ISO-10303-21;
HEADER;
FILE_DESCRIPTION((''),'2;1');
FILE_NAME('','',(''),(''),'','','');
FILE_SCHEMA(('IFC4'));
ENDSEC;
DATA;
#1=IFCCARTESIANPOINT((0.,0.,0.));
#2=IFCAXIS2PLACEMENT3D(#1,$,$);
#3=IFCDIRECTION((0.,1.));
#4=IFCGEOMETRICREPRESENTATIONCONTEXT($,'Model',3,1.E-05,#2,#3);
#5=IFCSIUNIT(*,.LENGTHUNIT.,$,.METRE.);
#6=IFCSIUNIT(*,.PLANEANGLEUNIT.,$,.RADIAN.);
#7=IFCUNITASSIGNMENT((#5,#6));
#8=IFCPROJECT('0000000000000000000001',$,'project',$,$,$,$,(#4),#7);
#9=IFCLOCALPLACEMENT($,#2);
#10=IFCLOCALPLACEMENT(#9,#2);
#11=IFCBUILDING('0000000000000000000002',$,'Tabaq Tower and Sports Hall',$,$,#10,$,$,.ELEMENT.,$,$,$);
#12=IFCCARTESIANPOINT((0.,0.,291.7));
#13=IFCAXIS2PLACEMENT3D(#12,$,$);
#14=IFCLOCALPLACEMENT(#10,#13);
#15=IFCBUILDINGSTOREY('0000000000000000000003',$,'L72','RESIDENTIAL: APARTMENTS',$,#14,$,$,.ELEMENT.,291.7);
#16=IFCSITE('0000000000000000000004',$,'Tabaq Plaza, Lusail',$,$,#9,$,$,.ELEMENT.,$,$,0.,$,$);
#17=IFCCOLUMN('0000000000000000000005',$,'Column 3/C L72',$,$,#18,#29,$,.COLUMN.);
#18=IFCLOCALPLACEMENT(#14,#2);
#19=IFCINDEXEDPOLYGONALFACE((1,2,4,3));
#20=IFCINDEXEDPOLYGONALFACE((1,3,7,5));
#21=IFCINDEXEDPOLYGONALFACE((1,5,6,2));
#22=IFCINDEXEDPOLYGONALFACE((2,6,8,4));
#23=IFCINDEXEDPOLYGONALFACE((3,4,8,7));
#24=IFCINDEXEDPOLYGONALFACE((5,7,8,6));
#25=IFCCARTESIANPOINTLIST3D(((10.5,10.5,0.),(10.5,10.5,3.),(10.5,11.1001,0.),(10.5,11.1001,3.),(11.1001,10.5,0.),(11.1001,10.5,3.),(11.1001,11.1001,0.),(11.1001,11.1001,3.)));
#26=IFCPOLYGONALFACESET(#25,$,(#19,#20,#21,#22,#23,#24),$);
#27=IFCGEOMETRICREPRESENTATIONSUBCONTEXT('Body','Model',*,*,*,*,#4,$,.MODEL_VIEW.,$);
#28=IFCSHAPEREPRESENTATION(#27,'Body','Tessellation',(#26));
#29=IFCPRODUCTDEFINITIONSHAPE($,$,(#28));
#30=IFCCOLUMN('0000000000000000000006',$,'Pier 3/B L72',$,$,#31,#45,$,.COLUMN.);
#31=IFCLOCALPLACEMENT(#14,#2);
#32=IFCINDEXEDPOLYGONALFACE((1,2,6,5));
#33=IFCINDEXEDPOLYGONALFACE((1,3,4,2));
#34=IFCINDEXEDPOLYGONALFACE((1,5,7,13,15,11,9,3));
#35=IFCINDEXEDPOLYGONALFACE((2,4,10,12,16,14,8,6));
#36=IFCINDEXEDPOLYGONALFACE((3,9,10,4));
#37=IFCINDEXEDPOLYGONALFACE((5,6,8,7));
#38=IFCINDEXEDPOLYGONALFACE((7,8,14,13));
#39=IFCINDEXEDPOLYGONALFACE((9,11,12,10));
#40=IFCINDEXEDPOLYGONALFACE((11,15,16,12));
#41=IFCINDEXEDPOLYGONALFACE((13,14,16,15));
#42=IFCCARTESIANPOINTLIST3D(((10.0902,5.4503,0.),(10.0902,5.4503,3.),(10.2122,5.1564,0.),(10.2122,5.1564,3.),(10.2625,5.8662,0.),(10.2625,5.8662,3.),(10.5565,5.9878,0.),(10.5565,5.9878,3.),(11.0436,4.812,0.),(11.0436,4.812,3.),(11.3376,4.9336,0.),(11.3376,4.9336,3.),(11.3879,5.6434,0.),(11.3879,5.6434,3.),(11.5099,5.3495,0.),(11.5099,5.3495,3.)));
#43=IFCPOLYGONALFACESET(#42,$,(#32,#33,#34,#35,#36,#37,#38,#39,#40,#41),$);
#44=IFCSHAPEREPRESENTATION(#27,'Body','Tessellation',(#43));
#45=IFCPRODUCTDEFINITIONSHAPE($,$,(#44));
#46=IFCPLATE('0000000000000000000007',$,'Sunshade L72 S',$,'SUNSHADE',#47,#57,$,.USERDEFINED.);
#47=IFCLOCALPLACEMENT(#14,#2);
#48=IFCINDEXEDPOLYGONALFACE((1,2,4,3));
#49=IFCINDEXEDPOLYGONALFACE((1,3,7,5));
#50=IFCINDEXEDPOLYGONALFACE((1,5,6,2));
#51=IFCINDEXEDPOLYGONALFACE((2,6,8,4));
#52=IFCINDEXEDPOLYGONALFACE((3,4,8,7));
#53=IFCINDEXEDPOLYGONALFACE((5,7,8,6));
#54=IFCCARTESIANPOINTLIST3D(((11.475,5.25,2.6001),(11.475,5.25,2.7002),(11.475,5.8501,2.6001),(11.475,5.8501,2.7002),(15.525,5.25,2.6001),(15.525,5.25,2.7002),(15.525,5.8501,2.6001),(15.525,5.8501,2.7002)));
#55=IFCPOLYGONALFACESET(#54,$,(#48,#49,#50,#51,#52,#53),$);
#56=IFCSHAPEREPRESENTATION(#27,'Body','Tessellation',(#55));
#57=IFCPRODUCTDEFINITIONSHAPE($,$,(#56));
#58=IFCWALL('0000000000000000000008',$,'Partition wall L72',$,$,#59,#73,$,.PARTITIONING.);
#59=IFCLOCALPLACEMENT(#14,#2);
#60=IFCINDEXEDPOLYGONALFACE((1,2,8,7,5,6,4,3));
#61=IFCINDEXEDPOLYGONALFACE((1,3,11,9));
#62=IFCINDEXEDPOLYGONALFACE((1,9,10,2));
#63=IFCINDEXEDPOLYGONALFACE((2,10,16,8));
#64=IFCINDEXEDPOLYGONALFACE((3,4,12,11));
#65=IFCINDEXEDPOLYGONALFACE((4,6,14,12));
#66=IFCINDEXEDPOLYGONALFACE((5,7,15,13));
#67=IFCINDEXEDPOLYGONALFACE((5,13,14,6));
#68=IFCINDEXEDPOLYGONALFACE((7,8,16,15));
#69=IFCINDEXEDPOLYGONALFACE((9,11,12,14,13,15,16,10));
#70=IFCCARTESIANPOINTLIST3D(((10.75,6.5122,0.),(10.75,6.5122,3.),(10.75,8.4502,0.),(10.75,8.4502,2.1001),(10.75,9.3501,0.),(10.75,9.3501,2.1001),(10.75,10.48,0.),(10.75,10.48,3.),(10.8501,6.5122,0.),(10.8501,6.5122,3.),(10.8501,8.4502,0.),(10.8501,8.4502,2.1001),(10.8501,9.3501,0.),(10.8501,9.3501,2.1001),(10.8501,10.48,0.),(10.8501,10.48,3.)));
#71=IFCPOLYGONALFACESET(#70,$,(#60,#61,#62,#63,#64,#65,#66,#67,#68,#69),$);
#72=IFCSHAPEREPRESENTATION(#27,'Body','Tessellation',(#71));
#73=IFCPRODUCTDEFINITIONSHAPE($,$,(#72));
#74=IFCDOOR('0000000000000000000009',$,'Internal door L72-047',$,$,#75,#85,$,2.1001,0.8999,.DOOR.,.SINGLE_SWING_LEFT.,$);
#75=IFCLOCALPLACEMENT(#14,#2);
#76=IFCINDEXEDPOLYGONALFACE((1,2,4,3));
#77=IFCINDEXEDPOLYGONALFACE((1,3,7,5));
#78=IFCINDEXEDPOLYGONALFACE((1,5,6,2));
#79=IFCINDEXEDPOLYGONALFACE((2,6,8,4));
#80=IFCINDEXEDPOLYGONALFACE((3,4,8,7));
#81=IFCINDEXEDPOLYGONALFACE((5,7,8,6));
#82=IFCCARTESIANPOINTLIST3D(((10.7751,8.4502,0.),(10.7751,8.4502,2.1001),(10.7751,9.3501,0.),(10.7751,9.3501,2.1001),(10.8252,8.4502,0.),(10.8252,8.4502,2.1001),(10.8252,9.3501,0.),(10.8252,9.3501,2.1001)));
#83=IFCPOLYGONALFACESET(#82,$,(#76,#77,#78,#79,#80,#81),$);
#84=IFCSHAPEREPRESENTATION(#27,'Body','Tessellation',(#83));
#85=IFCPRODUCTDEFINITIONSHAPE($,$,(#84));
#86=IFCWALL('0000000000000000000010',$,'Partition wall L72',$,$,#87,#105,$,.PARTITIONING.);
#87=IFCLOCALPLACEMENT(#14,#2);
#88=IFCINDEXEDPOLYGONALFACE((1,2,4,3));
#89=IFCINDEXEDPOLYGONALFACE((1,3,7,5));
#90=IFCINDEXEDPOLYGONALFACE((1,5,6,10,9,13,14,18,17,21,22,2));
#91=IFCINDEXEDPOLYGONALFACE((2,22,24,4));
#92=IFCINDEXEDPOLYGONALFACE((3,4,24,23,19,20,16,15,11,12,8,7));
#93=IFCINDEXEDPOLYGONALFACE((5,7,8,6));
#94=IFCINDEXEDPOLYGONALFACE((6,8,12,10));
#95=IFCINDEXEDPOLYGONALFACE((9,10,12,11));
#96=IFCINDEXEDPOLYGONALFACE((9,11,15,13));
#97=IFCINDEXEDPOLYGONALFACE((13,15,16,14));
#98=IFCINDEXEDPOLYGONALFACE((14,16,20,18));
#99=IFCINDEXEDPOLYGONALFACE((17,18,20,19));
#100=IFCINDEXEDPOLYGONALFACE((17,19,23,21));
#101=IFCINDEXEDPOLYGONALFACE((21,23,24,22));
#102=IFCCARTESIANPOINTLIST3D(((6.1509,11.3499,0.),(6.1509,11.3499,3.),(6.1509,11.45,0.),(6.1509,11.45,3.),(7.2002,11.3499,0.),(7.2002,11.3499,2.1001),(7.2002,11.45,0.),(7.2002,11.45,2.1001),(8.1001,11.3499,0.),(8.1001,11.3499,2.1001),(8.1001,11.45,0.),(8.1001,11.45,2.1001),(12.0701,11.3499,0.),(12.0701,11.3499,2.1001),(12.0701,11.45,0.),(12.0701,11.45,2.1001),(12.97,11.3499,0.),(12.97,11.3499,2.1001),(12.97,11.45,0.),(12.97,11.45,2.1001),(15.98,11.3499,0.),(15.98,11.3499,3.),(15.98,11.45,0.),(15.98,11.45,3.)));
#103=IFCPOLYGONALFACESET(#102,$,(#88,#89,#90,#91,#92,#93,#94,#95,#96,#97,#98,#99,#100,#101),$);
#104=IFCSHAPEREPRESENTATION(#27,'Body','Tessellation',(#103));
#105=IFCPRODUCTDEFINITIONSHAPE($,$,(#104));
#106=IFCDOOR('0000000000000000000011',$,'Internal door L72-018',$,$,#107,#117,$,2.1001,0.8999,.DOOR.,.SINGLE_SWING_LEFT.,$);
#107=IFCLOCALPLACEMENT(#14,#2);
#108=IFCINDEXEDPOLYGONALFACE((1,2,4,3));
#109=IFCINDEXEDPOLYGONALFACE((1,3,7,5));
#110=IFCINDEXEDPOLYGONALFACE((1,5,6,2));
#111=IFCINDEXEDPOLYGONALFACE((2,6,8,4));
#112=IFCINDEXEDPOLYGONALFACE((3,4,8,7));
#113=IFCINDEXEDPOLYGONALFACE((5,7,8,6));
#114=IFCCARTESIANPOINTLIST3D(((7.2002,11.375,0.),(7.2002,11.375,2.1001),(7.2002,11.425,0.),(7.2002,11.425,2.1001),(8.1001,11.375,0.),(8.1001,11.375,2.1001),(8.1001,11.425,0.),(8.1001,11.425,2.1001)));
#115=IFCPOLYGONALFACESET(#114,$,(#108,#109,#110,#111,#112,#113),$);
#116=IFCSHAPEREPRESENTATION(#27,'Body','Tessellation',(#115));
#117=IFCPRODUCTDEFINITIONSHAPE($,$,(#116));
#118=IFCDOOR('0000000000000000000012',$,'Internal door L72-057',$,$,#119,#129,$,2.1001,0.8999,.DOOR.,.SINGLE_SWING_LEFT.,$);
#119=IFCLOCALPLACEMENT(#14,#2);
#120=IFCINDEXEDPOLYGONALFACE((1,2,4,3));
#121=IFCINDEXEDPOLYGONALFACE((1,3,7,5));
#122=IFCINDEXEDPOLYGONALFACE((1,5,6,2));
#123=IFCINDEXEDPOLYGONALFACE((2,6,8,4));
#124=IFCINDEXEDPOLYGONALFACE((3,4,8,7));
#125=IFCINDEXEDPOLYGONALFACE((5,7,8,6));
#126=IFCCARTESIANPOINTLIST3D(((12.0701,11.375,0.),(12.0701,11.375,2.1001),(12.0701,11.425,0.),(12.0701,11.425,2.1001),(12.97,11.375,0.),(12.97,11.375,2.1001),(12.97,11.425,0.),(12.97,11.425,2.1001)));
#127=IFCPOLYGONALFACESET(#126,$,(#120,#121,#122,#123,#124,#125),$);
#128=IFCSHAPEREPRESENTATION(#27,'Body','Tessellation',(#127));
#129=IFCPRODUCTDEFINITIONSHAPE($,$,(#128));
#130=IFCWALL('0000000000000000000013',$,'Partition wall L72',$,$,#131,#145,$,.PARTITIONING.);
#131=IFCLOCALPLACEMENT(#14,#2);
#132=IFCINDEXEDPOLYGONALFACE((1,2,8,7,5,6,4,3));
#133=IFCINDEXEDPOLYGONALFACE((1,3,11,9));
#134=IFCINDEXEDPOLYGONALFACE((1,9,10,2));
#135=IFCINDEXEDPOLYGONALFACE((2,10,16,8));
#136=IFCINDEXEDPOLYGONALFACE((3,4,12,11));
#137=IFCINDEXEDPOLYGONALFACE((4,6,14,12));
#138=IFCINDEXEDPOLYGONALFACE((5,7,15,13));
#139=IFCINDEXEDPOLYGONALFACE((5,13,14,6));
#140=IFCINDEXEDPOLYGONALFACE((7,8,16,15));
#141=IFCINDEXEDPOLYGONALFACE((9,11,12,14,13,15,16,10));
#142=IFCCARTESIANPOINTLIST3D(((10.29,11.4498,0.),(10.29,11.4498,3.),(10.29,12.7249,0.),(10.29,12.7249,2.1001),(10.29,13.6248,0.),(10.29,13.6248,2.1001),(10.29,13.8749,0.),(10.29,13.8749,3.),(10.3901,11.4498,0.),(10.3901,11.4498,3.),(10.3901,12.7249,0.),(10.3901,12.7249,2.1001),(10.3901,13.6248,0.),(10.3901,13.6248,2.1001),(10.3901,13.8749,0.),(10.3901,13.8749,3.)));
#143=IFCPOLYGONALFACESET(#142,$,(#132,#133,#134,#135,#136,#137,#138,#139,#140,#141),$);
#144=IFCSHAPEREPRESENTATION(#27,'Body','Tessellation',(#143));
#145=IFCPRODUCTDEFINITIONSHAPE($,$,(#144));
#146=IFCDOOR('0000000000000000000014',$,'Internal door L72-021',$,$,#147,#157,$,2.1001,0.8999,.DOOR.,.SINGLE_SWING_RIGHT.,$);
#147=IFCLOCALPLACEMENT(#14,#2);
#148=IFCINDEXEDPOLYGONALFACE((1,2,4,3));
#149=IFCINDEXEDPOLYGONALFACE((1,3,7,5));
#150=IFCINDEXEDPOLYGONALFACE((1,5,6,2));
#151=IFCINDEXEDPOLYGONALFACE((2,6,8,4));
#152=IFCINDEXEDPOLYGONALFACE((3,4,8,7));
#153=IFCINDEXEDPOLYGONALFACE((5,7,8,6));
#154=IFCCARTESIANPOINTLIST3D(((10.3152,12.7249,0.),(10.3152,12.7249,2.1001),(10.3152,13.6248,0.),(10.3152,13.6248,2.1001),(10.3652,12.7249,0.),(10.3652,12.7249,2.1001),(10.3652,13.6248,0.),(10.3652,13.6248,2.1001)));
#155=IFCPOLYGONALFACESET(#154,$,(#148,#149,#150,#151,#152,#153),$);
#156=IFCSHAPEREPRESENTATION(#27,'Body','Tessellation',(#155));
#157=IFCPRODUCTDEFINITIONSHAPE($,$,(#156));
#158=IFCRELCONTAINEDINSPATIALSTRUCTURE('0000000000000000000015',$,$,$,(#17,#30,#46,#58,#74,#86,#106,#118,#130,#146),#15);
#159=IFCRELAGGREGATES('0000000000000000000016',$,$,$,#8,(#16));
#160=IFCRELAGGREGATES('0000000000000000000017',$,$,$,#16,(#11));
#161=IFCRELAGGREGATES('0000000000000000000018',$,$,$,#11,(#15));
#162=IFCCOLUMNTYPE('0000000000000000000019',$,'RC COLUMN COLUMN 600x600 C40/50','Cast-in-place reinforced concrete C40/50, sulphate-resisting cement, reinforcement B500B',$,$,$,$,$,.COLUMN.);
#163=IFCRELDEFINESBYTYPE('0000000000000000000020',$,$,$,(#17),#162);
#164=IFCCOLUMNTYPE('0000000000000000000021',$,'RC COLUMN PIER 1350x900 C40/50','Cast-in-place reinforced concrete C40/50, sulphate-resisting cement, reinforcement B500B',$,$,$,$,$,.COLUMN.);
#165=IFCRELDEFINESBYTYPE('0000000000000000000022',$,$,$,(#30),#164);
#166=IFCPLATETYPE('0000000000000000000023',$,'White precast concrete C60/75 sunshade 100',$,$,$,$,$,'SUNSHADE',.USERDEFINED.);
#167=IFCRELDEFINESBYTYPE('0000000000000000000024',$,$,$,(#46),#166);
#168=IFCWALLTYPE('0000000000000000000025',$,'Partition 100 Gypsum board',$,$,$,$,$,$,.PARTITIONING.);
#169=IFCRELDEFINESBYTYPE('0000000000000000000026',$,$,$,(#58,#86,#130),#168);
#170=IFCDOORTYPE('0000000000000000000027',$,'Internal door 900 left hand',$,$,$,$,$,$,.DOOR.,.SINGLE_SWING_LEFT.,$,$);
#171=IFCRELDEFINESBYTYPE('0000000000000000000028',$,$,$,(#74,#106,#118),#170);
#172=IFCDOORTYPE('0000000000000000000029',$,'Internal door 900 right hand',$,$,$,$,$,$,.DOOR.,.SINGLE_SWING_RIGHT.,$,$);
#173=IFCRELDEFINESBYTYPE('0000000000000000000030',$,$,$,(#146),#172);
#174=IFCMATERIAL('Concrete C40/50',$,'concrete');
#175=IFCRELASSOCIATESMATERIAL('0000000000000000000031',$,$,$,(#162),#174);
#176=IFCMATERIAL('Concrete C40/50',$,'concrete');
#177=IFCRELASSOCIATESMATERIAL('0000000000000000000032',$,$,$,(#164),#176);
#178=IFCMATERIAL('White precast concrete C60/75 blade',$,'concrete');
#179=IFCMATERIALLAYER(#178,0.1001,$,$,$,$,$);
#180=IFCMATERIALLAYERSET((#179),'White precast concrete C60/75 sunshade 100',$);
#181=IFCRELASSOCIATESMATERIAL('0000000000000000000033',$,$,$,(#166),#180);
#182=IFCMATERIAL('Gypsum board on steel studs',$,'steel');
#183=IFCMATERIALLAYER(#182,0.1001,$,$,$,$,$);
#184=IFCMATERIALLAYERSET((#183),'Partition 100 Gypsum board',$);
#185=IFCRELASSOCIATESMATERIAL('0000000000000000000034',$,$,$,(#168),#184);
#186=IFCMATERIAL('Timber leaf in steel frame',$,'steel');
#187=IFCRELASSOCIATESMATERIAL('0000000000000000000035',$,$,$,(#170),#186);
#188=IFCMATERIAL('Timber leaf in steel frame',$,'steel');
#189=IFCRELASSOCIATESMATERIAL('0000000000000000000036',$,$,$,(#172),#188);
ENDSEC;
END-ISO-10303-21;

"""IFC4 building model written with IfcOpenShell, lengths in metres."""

from ifc_helpers import new_model, si_unit, direction, frame, frame_2d, origin, origin_2d, place, context, subcontext, project, spatial, polyline, rectangle, outline, extrude, material, layer, layer_set, material_profile, profile_set, type_object, element, fill, save


model = new_model("IFC4")

# Units and contexts
model_context = context("Model", 3, precision=1e-05, world=origin(), true_north=direction((0.0, 1.0)))
body_context = subcontext(model_context, "Body", "Model", "MODEL_VIEW")
ifc_project = project(units=[si_unit("LENGTHUNIT", "METRE"), si_unit("PLANEANGLEUNIT", "RADIAN")], contexts=[model_context])

# Site, building, storey
site_placement = place(None, origin())
site = spatial("IfcSite", under=ifc_project, at=site_placement, Name="Tabaq Plaza, Lusail", CompositionType="ELEMENT", RefElevation=0.0)
building_placement = place(site_placement, origin())
building = spatial("IfcBuilding", under=site, at=building_placement, Name="Tabaq Tower and Sports Hall", CompositionType="ELEMENT")
storey_placement = place(building_placement, frame((0.0, 0.0, 291.7)))
storey = spatial("IfcBuildingStorey", under=building, at=storey_placement, Name="L72", Description="RESIDENTIAL: APARTMENTS", CompositionType="ELEMENT", Elevation=291.7)

# Columns
ifc_material_1 = material(Name="Concrete C40/50", Category="concrete")
ifc_material_profile_1 = material_profile(ifc_material_1, rectangle(XDim=0.6001, YDim=0.6001, at=origin_2d()), Name="COLUMN 600x600")
ifc_profile_set_1 = profile_set([ifc_material_profile_1], Name="Concrete C40/50")
column_type_1 = type_object("IfcColumnType", Name="RC COLUMN COLUMN 600x600 C40/50", Description="Cast-in-place reinforced concrete C40/50, sulphate-resisting cement, reinforcement B500B", PredefinedType="COLUMN", material=ifc_profile_set_1)
column_1_placement = place(storey_placement, frame((10.8, 10.8, 0.0), z_axis=(0.0, 0.0, 1.0), x_axis=(1.0, 0.0, 0.0)))
element("IfcColumn", 1, at=column_1_placement, inside=storey, type_object=column_type_1, Name="Column 3/C L72", PredefinedType="COLUMN", context=body_context, shape_type="SweptSolid", body=[
    extrude(rectangle(XDim=0.6001, YDim=0.6001, at=origin_2d()), origin(), (0.0, 0.0, 1.0), 3.0),
])
ifc_material_2 = material(Name="Concrete C40/50", Category="concrete")
ifc_material_profile_2 = material_profile(ifc_material_2, outline(polyline([(-0.45, -0.45), (0.45, -0.45), (0.675, -0.2251), (0.675, 0.2251), (0.45, 0.45), (-0.45, 0.45), (-0.675, 0.2251), (-0.675, -0.2251), (-0.45, -0.45)])), Name="PIER 1350x900")
ifc_profile_set_2 = profile_set([ifc_material_profile_2], Name="Concrete C40/50")
column_type_2 = type_object("IfcColumnType", Name="RC COLUMN PIER 1350x900 C40/50", Description="Cast-in-place reinforced concrete C40/50, sulphate-resisting cement, reinforcement B500B", PredefinedType="COLUMN", material=ifc_profile_set_2)
column_2_placement = place(storey_placement, frame((10.8, 5.3999, 0.0), z_axis=(0.0, 0.0, 1.0), x_axis=(-0.92388, 0.382683, 0.0)))
element("IfcColumn", 2, at=column_2_placement, inside=storey, type_object=column_type_2, Name="Pier 3/B L72", PredefinedType="COLUMN", context=body_context, shape_type="SweptSolid", body=[
    extrude(outline(polyline([(-0.45, -0.45), (0.45, -0.45), (0.675, -0.2251), (0.675, 0.2251), (0.45, 0.45), (-0.45, 0.45), (-0.675, 0.2251), (-0.675, -0.2251), (-0.45, -0.45)])), origin(), (0.0, 0.0, 1.0), 3.0),
])

# Plate
ifc_material_3 = material(Name="White precast concrete C60/75 blade", Category="concrete")
ifc_layer_1 = layer(ifc_material_3, 0.1001)
ifc_layer_set_1 = layer_set([ifc_layer_1], Name="White precast concrete C60/75 sunshade 100")
plate_type = type_object("IfcPlateType", Name="White precast concrete C60/75 sunshade 100", ElementType="SUNSHADE", PredefinedType="USERDEFINED", material=ifc_layer_set_1)
plate_placement = place(storey_placement, frame((13.5, 5.55, 2.6001), z_axis=(0.0, 0.0, 1.0), x_axis=(1.0, 0.0, 0.0)))
element("IfcPlate", 3, at=plate_placement, inside=storey, type_object=plate_type, Name="Sunshade L72 S", ObjectType="SUNSHADE", PredefinedType="USERDEFINED", context=body_context, shape_type="SweptSolid", body=[
    extrude(rectangle(XDim=4.05, YDim=0.6001, at=origin_2d()), origin(), (0.0, 0.0, 1.0), 0.1001),
])

# Wall, opening, door
ifc_material_4 = material(Name="Gypsum board on steel studs", Category="steel")
ifc_layer_2 = layer(ifc_material_4, 0.1001)
ifc_layer_set_2 = layer_set([ifc_layer_2], Name="Partition 100 Gypsum board")
wall_type_1 = type_object("IfcWallType", Name="Partition 100 Gypsum board", PredefinedType="PARTITIONING", material=ifc_layer_set_2)
wall_1_placement = place(storey_placement, frame((10.8, 6.5122, 0.0), z_axis=(0.0, 0.0, 1.0), x_axis=(0.0, 1.0, 0.0)))
wall_1 = element("IfcWall", 4, at=wall_1_placement, inside=storey, type_object=wall_type_1, Name="Partition wall L72", PredefinedType="PARTITIONING", context=body_context, shape_type="SweptSolid", body=[
    extrude(rectangle(XDim=3.9678, YDim=0.1001, at=frame_2d((1.9839, 0.0))), origin(), (0.0, 0.0, 1.0), 3.0),
])
opening_1_placement = place(wall_1_placement, frame((1.938, 0.0, 0.0)))
opening_1 = element("IfcOpeningElement", 5, at=opening_1_placement, cuts=wall_1, PredefinedType="OPENING", context=body_context, shape_type="SweptSolid", body=[
    extrude(rectangle(XDim=0.8999, YDim=2.1001, at=frame_2d((0.45, 1.05))), frame((0.0, 0.05, 0.0), z_axis=(0.0, -1.0, 0.0), x_axis=(1.0, 0.0, 0.0)), (0.0, 0.0, 1.0), 0.1001),
])
ifc_material_5 = material(Name="Timber leaf in steel frame", Category="steel")
door_type_1 = type_object("IfcDoorType", Name="Internal door 900 left hand", OperationType="SINGLE_SWING_LEFT", PredefinedType="DOOR", material=ifc_material_5)
door_1_placement = place(opening_1_placement, origin())
door_1 = element("IfcDoor", 6, at=door_1_placement, inside=storey, type_object=door_type_1, Name="Internal door L72-047", OperationType="SINGLE_SWING_LEFT", OverallHeight=2.1001, OverallWidth=0.8999, PredefinedType="DOOR", context=body_context, shape_type="SweptSolid", body=[
    extrude(rectangle(XDim=0.8999, YDim=2.1001, at=frame_2d((0.45, 1.05))), frame((0.0, 0.0249, 0.0), z_axis=(0.0, -1.0, 0.0), x_axis=(1.0, 0.0, 0.0)), (0.0, 0.0, 1.0), 0.05),
])
fill(opening_1, door_1)

# Wall, openings, doors
wall_2_placement = place(storey_placement, frame((15.98, 11.3999, 0.0), z_axis=(0.0, 0.0, 1.0), x_axis=(-1.0, 0.0, 0.0)))
wall_2 = element("IfcWall", 7, at=wall_2_placement, inside=storey, type_object=wall_type_1, Name="Partition wall L72", PredefinedType="PARTITIONING", context=body_context, shape_type="SweptSolid", body=[
    extrude(rectangle(XDim=9.8291, YDim=0.1001, at=frame_2d((4.9146, 0.0))), origin(), (0.0, 0.0, 1.0), 3.0),
])
opening_2_placement = place(wall_2_placement, frame((7.8799, 0.0, 0.0)))
opening_2 = element("IfcOpeningElement", 8, at=opening_2_placement, cuts=wall_2, PredefinedType="OPENING", context=body_context, shape_type="SweptSolid", body=[
    extrude(rectangle(XDim=0.8999, YDim=2.1001, at=frame_2d((0.45, 1.05))), frame((0.0, 0.05, 0.0), z_axis=(0.0, -1.0, 0.0), x_axis=(1.0, 0.0, 0.0)), (0.0, 0.0, 1.0), 0.1001),
])
opening_3_placement = place(wall_2_placement, frame((3.01, 0.0, 0.0)))
opening_3 = element("IfcOpeningElement", 9, at=opening_3_placement, cuts=wall_2, PredefinedType="OPENING", context=body_context, shape_type="SweptSolid", body=[
    extrude(rectangle(XDim=0.8999, YDim=2.1001, at=frame_2d((0.45, 1.05))), frame((0.0, 0.05, 0.0), z_axis=(0.0, -1.0, 0.0), x_axis=(1.0, 0.0, 0.0)), (0.0, 0.0, 1.0), 0.1001),
])
door_2_placement = place(opening_2_placement, origin())
door_2 = element("IfcDoor", 10, at=door_2_placement, inside=storey, type_object=door_type_1, Name="Internal door L72-018", OperationType="SINGLE_SWING_LEFT", OverallHeight=2.1001, OverallWidth=0.8999, PredefinedType="DOOR", context=body_context, shape_type="SweptSolid", body=[
    extrude(rectangle(XDim=0.8999, YDim=2.1001, at=frame_2d((0.45, 1.05))), frame((0.0, 0.0249, 0.0), z_axis=(0.0, -1.0, 0.0), x_axis=(1.0, 0.0, 0.0)), (0.0, 0.0, 1.0), 0.05),
])
fill(opening_2, door_2)
door_3_placement = place(opening_3_placement, origin())
door_3 = element("IfcDoor", 11, at=door_3_placement, inside=storey, type_object=door_type_1, Name="Internal door L72-057", OperationType="SINGLE_SWING_LEFT", OverallHeight=2.1001, OverallWidth=0.8999, PredefinedType="DOOR", context=body_context, shape_type="SweptSolid", body=[
    extrude(rectangle(XDim=0.8999, YDim=2.1001, at=frame_2d((0.45, 1.05))), frame((0.0, 0.0249, 0.0), z_axis=(0.0, -1.0, 0.0), x_axis=(1.0, 0.0, 0.0)), (0.0, 0.0, 1.0), 0.05),
])
fill(opening_3, door_3)

# Wall, opening, door
wall_3_placement = place(storey_placement, frame((10.3401, 11.45, 0.0), z_axis=(0.0, 0.0, 1.0), x_axis=(0.0, 1.0, 0.0)))
wall_3 = element("IfcWall", 12, at=wall_3_placement, inside=storey, type_object=wall_type_1, Name="Partition wall L72", PredefinedType="PARTITIONING", context=body_context, shape_type="SweptSolid", body=[
    extrude(rectangle(XDim=2.425, YDim=0.1001, at=frame_2d((1.2124, 0.0))), origin(), (0.0, 0.0, 1.0), 3.0),
])
opening_4_placement = place(wall_3_placement, frame((1.2749, 0.0, 0.0)))
opening_4 = element("IfcOpeningElement", 13, at=opening_4_placement, cuts=wall_3, PredefinedType="OPENING", context=body_context, shape_type="SweptSolid", body=[
    extrude(rectangle(XDim=0.8999, YDim=2.1001, at=frame_2d((0.45, 1.05))), frame((0.0, 0.05, 0.0), z_axis=(0.0, -1.0, 0.0), x_axis=(1.0, 0.0, 0.0)), (0.0, 0.0, 1.0), 0.1001),
])
ifc_material_6 = material(Name="Timber leaf in steel frame", Category="steel")
door_type_2 = type_object("IfcDoorType", Name="Internal door 900 right hand", OperationType="SINGLE_SWING_RIGHT", PredefinedType="DOOR", material=ifc_material_6)
door_4_placement = place(opening_4_placement, origin())
door_4 = element("IfcDoor", 14, at=door_4_placement, inside=storey, type_object=door_type_2, Name="Internal door L72-021", OperationType="SINGLE_SWING_RIGHT", OverallHeight=2.1001, OverallWidth=0.8999, PredefinedType="DOOR", context=body_context, shape_type="SweptSolid", body=[
    extrude(rectangle(XDim=0.8999, YDim=2.1001, at=frame_2d((0.45, 1.05))), frame((0.0, 0.0249, 0.0), z_axis=(0.0, -1.0, 0.0), x_axis=(1.0, 0.0, 0.0)), (0.0, 0.0, 1.0), 0.05),
])
fill(opening_4, door_4)

save(model, "model.ifc")
